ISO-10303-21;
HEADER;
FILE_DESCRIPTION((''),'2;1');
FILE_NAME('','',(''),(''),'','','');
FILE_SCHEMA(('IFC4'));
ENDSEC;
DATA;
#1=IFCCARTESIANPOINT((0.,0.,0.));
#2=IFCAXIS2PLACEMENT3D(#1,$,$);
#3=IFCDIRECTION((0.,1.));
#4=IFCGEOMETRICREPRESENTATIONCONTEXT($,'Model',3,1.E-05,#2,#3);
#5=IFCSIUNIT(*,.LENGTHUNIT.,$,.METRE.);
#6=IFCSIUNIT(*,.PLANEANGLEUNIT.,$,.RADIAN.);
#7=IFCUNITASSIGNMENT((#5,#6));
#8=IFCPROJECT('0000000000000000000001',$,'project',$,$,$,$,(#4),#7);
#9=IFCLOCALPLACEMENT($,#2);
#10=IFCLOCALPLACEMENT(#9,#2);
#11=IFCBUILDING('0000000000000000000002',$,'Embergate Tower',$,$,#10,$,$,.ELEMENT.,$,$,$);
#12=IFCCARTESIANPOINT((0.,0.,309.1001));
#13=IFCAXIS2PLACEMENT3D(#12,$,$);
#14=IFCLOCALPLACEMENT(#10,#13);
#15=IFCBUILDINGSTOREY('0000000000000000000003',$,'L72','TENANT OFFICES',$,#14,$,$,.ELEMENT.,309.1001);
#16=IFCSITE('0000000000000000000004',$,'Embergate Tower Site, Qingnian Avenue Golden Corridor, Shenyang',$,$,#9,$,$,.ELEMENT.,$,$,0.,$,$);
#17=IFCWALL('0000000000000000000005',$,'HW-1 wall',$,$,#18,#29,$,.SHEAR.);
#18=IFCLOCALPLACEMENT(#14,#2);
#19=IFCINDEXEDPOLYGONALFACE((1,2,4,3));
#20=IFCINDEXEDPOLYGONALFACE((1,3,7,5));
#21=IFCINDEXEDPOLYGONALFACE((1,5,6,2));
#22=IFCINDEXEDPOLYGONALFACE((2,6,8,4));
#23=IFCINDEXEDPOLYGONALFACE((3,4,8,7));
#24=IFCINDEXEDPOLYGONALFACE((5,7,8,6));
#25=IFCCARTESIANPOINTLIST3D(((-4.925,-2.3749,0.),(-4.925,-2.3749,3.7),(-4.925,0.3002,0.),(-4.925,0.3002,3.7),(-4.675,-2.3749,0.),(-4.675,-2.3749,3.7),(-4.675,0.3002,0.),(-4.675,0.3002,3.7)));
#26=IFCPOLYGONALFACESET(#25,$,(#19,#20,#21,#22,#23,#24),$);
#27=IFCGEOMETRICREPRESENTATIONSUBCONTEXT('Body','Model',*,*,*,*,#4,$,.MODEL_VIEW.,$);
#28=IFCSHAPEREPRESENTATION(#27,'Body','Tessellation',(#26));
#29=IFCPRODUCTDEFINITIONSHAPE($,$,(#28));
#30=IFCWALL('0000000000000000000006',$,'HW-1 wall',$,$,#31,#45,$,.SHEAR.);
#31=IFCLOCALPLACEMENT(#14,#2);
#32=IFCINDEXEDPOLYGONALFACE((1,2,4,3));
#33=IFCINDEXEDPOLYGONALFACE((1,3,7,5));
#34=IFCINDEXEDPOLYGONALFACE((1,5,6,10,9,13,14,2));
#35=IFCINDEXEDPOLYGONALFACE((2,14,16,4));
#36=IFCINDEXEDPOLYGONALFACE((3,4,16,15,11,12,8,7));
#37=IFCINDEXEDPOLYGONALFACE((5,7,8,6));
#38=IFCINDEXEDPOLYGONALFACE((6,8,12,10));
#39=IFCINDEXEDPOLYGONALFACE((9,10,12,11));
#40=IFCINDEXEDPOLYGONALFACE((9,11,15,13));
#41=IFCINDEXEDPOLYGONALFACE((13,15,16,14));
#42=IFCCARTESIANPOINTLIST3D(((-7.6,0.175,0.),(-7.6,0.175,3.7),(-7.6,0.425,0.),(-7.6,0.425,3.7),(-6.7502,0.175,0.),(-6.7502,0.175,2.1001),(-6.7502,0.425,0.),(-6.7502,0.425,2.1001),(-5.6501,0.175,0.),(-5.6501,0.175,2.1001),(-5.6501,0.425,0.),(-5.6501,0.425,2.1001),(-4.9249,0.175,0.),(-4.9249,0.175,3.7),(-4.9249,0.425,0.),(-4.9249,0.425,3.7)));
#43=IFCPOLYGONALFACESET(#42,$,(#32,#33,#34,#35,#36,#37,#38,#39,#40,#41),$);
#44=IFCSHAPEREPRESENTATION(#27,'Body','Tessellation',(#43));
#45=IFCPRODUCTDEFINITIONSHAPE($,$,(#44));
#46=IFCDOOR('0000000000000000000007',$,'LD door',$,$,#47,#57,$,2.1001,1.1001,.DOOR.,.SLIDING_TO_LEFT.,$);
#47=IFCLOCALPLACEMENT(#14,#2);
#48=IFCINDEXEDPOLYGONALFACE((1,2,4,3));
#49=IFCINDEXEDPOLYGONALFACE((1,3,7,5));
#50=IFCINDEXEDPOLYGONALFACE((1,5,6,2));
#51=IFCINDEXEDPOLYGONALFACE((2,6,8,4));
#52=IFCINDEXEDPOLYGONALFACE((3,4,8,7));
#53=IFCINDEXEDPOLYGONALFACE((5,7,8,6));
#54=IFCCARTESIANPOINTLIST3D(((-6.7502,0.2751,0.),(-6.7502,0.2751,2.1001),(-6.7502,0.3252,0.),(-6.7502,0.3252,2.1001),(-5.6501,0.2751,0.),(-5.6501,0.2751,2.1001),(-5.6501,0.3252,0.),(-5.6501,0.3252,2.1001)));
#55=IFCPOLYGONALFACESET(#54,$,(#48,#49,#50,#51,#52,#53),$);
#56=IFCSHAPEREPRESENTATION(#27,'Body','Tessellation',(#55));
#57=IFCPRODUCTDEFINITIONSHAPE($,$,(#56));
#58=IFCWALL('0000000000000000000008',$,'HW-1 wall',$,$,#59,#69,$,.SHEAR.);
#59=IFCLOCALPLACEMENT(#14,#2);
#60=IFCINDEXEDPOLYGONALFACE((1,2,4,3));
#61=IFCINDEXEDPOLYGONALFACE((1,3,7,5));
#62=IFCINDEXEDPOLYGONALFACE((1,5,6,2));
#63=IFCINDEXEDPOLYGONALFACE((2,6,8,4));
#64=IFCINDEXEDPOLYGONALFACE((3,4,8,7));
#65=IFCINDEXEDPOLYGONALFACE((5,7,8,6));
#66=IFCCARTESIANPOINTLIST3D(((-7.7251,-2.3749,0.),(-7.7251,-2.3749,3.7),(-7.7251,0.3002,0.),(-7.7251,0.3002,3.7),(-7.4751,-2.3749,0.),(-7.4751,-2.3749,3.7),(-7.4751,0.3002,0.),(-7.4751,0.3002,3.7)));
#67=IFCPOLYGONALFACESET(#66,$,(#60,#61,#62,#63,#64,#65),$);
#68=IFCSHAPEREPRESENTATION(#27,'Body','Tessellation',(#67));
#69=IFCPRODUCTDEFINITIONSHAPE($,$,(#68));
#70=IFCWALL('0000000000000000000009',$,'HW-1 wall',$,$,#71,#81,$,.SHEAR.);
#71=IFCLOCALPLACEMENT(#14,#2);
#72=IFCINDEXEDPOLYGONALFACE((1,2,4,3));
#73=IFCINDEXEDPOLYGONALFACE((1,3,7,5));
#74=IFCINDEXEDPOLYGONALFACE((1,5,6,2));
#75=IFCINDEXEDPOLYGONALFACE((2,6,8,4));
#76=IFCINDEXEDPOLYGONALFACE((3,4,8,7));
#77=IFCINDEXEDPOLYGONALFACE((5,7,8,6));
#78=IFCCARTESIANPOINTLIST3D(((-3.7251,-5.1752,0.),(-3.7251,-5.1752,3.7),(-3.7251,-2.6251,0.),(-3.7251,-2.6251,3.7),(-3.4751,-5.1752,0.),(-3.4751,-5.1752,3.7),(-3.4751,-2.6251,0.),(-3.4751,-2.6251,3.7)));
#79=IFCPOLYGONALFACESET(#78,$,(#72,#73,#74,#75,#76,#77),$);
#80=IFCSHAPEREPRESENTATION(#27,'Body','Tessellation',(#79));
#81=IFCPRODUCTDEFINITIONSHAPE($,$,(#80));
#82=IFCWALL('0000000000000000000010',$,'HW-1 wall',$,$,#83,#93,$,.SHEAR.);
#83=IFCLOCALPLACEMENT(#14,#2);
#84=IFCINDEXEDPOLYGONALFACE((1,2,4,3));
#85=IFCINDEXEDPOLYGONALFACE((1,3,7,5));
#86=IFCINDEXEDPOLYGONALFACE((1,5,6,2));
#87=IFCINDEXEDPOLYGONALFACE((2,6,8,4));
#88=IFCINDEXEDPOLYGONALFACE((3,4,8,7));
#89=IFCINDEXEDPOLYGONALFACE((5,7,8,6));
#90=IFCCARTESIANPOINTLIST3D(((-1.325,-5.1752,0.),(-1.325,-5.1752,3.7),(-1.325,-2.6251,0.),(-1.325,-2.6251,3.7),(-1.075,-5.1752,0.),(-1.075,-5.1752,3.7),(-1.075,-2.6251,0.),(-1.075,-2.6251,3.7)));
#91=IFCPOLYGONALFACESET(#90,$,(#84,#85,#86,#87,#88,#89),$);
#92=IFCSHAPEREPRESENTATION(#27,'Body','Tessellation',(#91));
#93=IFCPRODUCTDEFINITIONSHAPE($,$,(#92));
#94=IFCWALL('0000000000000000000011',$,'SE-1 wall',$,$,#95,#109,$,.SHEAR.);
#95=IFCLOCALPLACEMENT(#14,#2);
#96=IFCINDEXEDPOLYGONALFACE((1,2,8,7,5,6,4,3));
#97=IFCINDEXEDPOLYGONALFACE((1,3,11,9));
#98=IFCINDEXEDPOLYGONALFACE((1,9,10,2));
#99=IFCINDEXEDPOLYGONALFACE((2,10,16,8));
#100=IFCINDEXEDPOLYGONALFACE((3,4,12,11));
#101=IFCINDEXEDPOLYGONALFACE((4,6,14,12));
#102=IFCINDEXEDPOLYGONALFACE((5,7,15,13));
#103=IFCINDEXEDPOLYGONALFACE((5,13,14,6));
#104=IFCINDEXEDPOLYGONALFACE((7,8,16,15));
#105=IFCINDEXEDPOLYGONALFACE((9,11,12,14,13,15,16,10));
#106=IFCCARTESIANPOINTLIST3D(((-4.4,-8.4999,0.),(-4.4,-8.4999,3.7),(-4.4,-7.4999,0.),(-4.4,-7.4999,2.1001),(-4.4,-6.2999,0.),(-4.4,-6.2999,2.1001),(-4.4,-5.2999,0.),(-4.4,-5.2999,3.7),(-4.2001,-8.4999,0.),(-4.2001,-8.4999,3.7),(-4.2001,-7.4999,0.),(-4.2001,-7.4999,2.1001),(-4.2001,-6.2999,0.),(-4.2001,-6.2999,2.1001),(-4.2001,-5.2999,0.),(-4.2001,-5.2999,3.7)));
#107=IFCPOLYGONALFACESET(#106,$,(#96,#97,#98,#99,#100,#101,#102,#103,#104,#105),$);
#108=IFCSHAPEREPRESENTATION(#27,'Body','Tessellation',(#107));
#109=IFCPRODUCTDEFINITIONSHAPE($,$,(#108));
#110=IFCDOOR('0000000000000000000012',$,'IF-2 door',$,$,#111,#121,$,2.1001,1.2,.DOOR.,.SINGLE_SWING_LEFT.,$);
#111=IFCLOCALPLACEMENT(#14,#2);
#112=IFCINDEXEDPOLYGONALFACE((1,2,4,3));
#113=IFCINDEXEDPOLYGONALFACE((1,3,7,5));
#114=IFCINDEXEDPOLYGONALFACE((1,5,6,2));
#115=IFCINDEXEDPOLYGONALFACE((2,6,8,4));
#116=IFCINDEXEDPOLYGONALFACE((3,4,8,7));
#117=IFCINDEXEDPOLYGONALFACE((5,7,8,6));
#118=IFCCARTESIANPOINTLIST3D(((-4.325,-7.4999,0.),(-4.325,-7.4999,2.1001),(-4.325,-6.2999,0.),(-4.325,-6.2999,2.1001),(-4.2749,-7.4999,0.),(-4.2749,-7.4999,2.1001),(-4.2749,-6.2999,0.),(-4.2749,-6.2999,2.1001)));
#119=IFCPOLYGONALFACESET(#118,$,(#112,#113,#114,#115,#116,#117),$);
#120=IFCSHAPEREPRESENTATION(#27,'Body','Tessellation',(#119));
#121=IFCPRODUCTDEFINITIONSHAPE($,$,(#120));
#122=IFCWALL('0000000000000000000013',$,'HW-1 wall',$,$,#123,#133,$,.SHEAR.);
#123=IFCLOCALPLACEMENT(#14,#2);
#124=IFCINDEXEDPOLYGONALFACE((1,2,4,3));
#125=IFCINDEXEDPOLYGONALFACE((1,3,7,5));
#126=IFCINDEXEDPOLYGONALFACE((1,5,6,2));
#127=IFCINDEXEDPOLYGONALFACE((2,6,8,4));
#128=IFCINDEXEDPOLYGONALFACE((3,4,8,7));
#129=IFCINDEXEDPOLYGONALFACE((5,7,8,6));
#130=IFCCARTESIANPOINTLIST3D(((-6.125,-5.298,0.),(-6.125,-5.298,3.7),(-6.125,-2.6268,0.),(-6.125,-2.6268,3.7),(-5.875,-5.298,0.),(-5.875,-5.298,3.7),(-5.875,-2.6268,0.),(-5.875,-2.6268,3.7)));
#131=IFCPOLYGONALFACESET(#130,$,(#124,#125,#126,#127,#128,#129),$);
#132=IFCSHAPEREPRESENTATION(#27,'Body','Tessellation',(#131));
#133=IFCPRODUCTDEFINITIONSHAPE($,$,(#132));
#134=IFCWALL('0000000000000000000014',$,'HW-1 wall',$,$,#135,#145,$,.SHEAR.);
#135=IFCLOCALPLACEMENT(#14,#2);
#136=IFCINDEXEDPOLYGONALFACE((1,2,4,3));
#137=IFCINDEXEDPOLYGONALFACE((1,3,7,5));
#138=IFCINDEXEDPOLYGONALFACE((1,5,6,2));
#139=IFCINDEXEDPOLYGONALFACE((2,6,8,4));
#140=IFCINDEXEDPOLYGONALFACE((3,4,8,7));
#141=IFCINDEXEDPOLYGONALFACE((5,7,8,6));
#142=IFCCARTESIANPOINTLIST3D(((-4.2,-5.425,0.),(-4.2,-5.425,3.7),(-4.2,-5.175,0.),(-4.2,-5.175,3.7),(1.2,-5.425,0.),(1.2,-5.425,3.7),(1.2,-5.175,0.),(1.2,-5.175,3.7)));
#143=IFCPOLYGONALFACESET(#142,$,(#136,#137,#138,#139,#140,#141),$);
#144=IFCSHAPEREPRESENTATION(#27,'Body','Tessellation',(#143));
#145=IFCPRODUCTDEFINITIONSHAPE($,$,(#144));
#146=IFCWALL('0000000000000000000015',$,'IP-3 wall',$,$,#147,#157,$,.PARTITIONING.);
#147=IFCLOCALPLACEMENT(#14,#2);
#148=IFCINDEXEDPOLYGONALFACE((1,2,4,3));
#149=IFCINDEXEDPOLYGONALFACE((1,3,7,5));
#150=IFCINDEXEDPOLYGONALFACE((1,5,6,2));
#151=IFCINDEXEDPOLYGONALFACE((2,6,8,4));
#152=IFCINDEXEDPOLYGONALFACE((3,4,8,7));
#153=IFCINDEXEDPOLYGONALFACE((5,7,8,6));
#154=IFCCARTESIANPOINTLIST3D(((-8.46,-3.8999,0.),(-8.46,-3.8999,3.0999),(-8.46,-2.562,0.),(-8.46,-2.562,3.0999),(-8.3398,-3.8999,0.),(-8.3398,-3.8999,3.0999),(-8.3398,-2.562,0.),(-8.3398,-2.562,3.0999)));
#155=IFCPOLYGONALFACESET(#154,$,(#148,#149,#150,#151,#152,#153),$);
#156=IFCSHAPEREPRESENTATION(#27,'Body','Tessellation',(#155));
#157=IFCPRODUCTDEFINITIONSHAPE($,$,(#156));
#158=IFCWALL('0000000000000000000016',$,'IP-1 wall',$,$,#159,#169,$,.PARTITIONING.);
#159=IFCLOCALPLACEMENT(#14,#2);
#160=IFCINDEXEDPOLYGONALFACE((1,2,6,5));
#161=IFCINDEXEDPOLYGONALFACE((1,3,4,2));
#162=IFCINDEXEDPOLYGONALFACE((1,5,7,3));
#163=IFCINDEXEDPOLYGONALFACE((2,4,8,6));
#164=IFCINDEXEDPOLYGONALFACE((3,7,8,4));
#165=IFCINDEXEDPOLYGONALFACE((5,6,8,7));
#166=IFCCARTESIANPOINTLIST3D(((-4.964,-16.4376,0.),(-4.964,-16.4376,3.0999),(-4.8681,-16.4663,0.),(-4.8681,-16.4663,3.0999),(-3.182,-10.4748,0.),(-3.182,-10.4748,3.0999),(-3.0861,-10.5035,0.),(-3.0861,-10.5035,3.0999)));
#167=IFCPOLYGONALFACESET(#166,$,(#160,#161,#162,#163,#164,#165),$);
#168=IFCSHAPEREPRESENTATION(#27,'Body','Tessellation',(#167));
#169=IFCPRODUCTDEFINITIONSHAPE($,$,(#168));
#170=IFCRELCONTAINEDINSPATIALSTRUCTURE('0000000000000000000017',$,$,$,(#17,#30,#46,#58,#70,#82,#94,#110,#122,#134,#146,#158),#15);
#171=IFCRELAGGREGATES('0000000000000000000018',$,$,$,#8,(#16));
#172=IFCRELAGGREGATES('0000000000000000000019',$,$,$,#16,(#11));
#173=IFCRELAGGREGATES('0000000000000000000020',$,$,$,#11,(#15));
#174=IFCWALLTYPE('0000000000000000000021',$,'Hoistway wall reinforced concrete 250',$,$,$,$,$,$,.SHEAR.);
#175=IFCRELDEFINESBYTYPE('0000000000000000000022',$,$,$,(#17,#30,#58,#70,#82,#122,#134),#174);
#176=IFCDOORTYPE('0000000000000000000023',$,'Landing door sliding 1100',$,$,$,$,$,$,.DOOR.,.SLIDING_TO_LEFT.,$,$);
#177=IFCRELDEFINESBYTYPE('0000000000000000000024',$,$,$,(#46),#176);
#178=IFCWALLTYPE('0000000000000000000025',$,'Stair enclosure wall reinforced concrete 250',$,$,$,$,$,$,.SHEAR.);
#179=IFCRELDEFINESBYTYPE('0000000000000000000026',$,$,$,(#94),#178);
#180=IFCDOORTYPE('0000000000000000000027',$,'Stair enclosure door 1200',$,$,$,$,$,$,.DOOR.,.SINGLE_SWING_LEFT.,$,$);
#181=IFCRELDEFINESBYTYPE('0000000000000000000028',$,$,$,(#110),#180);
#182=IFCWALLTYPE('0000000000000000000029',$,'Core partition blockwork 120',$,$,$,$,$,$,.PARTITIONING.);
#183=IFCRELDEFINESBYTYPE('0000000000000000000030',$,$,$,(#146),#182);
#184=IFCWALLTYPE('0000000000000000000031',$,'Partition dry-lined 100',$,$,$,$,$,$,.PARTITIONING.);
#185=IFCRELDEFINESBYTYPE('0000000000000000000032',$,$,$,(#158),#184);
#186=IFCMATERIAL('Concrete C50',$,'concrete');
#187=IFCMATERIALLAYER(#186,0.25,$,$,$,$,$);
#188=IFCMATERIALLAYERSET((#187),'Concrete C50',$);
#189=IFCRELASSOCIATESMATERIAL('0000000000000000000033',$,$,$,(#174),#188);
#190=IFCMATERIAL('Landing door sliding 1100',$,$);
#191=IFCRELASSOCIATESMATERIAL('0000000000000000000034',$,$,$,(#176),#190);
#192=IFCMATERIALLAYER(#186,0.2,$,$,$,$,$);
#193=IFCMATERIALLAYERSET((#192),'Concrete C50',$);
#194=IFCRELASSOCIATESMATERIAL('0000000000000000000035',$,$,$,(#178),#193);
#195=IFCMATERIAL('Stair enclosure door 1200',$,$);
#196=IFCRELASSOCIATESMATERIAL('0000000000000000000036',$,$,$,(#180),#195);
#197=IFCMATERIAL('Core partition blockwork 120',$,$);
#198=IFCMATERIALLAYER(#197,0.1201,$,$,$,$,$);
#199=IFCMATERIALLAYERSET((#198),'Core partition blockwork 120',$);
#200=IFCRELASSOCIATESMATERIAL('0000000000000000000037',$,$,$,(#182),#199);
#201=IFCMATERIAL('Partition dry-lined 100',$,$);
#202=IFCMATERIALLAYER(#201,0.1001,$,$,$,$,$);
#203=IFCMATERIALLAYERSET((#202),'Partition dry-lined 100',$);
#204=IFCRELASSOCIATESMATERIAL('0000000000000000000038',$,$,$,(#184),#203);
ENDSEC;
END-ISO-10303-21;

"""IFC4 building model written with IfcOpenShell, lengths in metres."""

from ifc_helpers import new_model, si_unit, direction, frame, frame_2d, origin, place, context, subcontext, project, spatial, rectangle, extrude, source, transform, mapped, material, layer, layer_set, type_object, element, fill, save


model = new_model("IFC4")

# Units and contexts
model_context = context("Model", 3, precision=1e-05, world=origin(), true_north=direction((0.0, 1.0)))
body_context = subcontext(model_context, "Body", "Model", "MODEL_VIEW")
ifc_project = project(units=[si_unit("LENGTHUNIT", "METRE"), si_unit("PLANEANGLEUNIT", "RADIAN")], contexts=[model_context])

# Site, building, storey
site_placement = place(None, origin())
site = spatial("IfcSite", under=ifc_project, at=site_placement, Name="Embergate Tower Site, Qingnian Avenue Golden Corridor, Shenyang", CompositionType="ELEMENT", RefElevation=0.0)
building_placement = place(site_placement, origin())
building = spatial("IfcBuilding", under=site, at=building_placement, Name="Embergate Tower", CompositionType="ELEMENT")
storey_placement = place(building_placement, frame((0.0, 0.0, 309.1001)))
storey = spatial("IfcBuildingStorey", under=building, at=storey_placement, Name="L72", Description="TENANT OFFICES", CompositionType="ELEMENT", Elevation=309.1001)

# Wall
ifc_material_1 = material(Name="Concrete C50", Category="concrete")
ifc_layer_1 = layer(ifc_material_1, 0.25)
ifc_layer_set_1 = layer_set([ifc_layer_1], Name="Concrete C50")
wall_type_1 = type_object("IfcWallType", Name="Hoistway wall reinforced concrete 250", PredefinedType="SHEAR", material=ifc_layer_set_1)
shared_shape_1 = source(origin(), body_context, "Body", "SweptSolid", [
    extrude(rectangle(XDim=2.675, YDim=0.25, at=frame_2d((1.3374, 0.0))), origin(), (0.0, 0.0, 1.0), 3.7),
])
wall_1_placement = place(storey_placement, frame((-4.8, 0.3, 0.0), z_axis=(0.0, 0.0, 1.0), x_axis=(0.0, -1.0, 0.0)))
element("IfcWall", 1, at=wall_1_placement, inside=storey, type_object=wall_type_1, Name="HW-1 wall", PredefinedType="SHEAR", context=body_context, shape_type="MappedRepresentation", body=[
    mapped(shared_shape_1, transform((0.0, 0.0, 0.0))),
])

# Wall, opening, door
wall_2_placement = place(storey_placement, frame((-4.925, 0.3, 0.0), z_axis=(0.0, 0.0, 1.0), x_axis=(-1.0, 0.0, 0.0)))
wall_2 = element("IfcWall", 2, at=wall_2_placement, inside=storey, type_object=wall_type_1, Name="HW-1 wall", PredefinedType="SHEAR", context=body_context, shape_type="MappedRepresentation", body=[
    mapped(shared_shape_1, transform((0.0, 0.0, 0.0))),
])
shared_shape_2 = source(origin(), body_context, "Body", "SweptSolid", [
    extrude(rectangle(XDim=1.1001, YDim=2.1001, at=frame_2d((0.55, 1.05))), frame((0.0, 0.135, 0.0), z_axis=(0.0, -1.0, 0.0), x_axis=(1.0, 0.0, 0.0)), (0.0, 0.0, 1.0), 0.27),
])
opening_1_placement = place(wall_2_placement, frame((0.7251, 0.0, 0.0)))
opening_1 = element("IfcOpeningElement", 3, at=opening_1_placement, cuts=wall_2, PredefinedType="OPENING", context=body_context, shape_type="MappedRepresentation", body=[
    mapped(shared_shape_2, transform((0.0, 0.0, 0.0))),
])
ifc_material_2 = material(Name="Landing door sliding 1100")
door_type_1 = type_object("IfcDoorType", Name="Landing door sliding 1100", OperationType="SLIDING_TO_LEFT", PredefinedType="DOOR", material=ifc_material_2)
shared_shape_3 = source(origin(), body_context, "Body", "SweptSolid", [
    extrude(rectangle(XDim=1.1001, YDim=2.1001, at=frame_2d((0.55, 1.05))), frame((0.0, 0.0249, 0.0), z_axis=(0.0, -1.0, 0.0), x_axis=(1.0, 0.0, 0.0)), (0.0, 0.0, 1.0), 0.05),
])
door_1_placement = place(opening_1_placement, origin())
door_1 = element("IfcDoor", 4, at=door_1_placement, inside=storey, type_object=door_type_1, Name="LD door", OperationType="SLIDING_TO_LEFT", OverallHeight=2.1001, OverallWidth=1.1001, PredefinedType="DOOR", context=body_context, shape_type="MappedRepresentation", body=[
    mapped(shared_shape_3, transform((0.0, 0.0, 0.0))),
])
fill(opening_1, door_1)

# Walls
wall_3_placement = place(storey_placement, frame((-7.6001, 0.3, 0.0), z_axis=(0.0, 0.0, 1.0), x_axis=(0.0, -1.0, 0.0)))
element("IfcWall", 5, at=wall_3_placement, inside=storey, type_object=wall_type_1, Name="HW-1 wall", PredefinedType="SHEAR", context=body_context, shape_type="MappedRepresentation", body=[
    mapped(shared_shape_1, transform((0.0, 0.0, 0.0))),
])
shared_shape_4 = source(origin(), body_context, "Body", "SweptSolid", [
    extrude(rectangle(XDim=2.55, YDim=0.25, at=frame_2d((1.2749, 0.0))), origin(), (0.0, 0.0, 1.0), 3.7),
])
for number, where, z_axis, x_axis, name in (
    (6, (-3.6001, -5.175, 0.0), (0.0, 0.0, 1.0), (0.0, 1.0, 0.0), "HW-1 wall"),
    (7, (-1.2, -5.175, 0.0), (0.0, 0.0, 1.0), (0.0, 1.0, 0.0), "HW-1 wall"),
):
    element("IfcWall", number, at=place(storey_placement, frame(where, z_axis=z_axis, x_axis=x_axis)), inside=storey, type_object=wall_type_1, Name=name, PredefinedType="SHEAR", context=body_context, shape_type="MappedRepresentation", body=[
        mapped(shared_shape_4, transform((0.0, 0.0, 0.0))),
    ])

# Wall, opening, door
ifc_layer_2 = layer(ifc_material_1, 0.2)
ifc_layer_set_2 = layer_set([ifc_layer_2], Name="Concrete C50")
wall_type_2 = type_object("IfcWallType", Name="Stair enclosure wall reinforced concrete 250", PredefinedType="SHEAR", material=ifc_layer_set_2)
shared_shape_5 = source(origin(), body_context, "Body", "SweptSolid", [
    extrude(rectangle(XDim=3.2, YDim=0.2, at=frame_2d((1.6001, 0.0))), origin(), (0.0, 0.0, 1.0), 3.7),
])
wall_4_placement = place(storey_placement, frame((-4.3, -8.5, 0.0), z_axis=(0.0, 0.0, 1.0), x_axis=(0.0, 1.0, 0.0)))
wall_4 = element("IfcWall", 8, at=wall_4_placement, inside=storey, type_object=wall_type_2, Name="SE-1 wall", PredefinedType="SHEAR", context=body_context, shape_type="MappedRepresentation", body=[
    mapped(shared_shape_5, transform((0.0, 0.0, 0.0))),
])
shared_shape_6 = source(origin(), body_context, "Body", "SweptSolid", [
    extrude(rectangle(XDim=1.2, YDim=2.1001, at=frame_2d((0.6001, 1.05))), frame((0.0, 0.1099, 0.0), z_axis=(0.0, -1.0, 0.0), x_axis=(1.0, 0.0, 0.0)), (0.0, 0.0, 1.0), 0.22),
])
opening_2_placement = place(wall_4_placement, frame((1.0, 0.0, 0.0)))
opening_2 = element("IfcOpeningElement", 9, at=opening_2_placement, cuts=wall_4, PredefinedType="OPENING", context=body_context, shape_type="MappedRepresentation", body=[
    mapped(shared_shape_6, transform((0.0, 0.0, 0.0))),
])
ifc_material_3 = material(Name="Stair enclosure door 1200")
door_type_2 = type_object("IfcDoorType", Name="Stair enclosure door 1200", OperationType="SINGLE_SWING_LEFT", PredefinedType="DOOR", material=ifc_material_3)
shared_shape_7 = source(origin(), body_context, "Body", "SweptSolid", [
    extrude(rectangle(XDim=1.2, YDim=2.1001, at=frame_2d((0.6001, 1.05))), frame((0.0, 0.0249, 0.0), z_axis=(0.0, -1.0, 0.0), x_axis=(1.0, 0.0, 0.0)), (0.0, 0.0, 1.0), 0.05),
])
door_2_placement = place(opening_2_placement, origin())
door_2 = element("IfcDoor", 10, at=door_2_placement, inside=storey, type_object=door_type_2, Name="IF-2 door", OperationType="SINGLE_SWING_LEFT", OverallHeight=2.1001, OverallWidth=1.2, PredefinedType="DOOR", context=body_context, shape_type="MappedRepresentation", body=[
    mapped(shared_shape_7, transform((0.0, 0.0, 0.0))),
])
fill(opening_2, door_2)

# Walls
shared_shape_8 = source(origin(), body_context, "Body", "SweptSolid", [
    extrude(rectangle(XDim=2.6711, YDim=0.25, at=frame_2d((1.3354, 0.0))), origin(), (0.0, 0.0, 1.0), 3.7),
])
wall_5_placement = place(storey_placement, frame((-6.0, -2.627, 0.0), z_axis=(0.0, 0.0, 1.0), x_axis=(0.0, -1.0, 0.0)))
element("IfcWall", 11, at=wall_5_placement, inside=storey, type_object=wall_type_1, Name="HW-1 wall", PredefinedType="SHEAR", context=body_context, shape_type="MappedRepresentation", body=[
    mapped(shared_shape_8, transform((0.0, 0.0, 0.0))),
])
shared_shape_9 = source(origin(), body_context, "Body", "SweptSolid", [
    extrude(rectangle(XDim=5.3999, YDim=0.25, at=frame_2d((2.7, 0.0))), origin(), (0.0, 0.0, 1.0), 3.7),
])
wall_6_placement = place(storey_placement, frame((-4.2, -5.3, 0.0), z_axis=(0.0, 0.0, 1.0), x_axis=(1.0, 0.0, 0.0)))
element("IfcWall", 12, at=wall_6_placement, inside=storey, type_object=wall_type_1, Name="HW-1 wall", PredefinedType="SHEAR", context=body_context, shape_type="MappedRepresentation", body=[
    mapped(shared_shape_9, transform((0.0, 0.0, 0.0))),
])
ifc_material_4 = material(Name="Core partition blockwork 120")
ifc_layer_3 = layer(ifc_material_4, 0.1201)
ifc_layer_set_3 = layer_set([ifc_layer_3], Name="Core partition blockwork 120")
wall_type_3 = type_object("IfcWallType", Name="Core partition blockwork 120", PredefinedType="PARTITIONING", material=ifc_layer_set_3)
shared_shape_10 = source(origin(), body_context, "Body", "SweptSolid", [
    extrude(rectangle(XDim=1.3379, YDim=0.1201, at=frame_2d((0.6689, 0.0))), origin(), (0.0, 0.0, 1.0), 3.0999),
])
wall_7_placement = place(storey_placement, frame((-8.3999, -3.8999, 0.0), z_axis=(0.0, 0.0, 1.0), x_axis=(0.0, 1.0, 0.0)))
element("IfcWall", 13, at=wall_7_placement, inside=storey, type_object=wall_type_3, Name="IP-3 wall", PredefinedType="PARTITIONING", context=body_context, shape_type="MappedRepresentation", body=[
    mapped(shared_shape_10, transform((0.0, 0.0, 0.0))),
])
ifc_material_5 = material(Name="Partition dry-lined 100")
ifc_layer_4 = layer(ifc_material_5, 0.1001)
ifc_layer_set_4 = layer_set([ifc_layer_4], Name="Partition dry-lined 100")
wall_type_4 = type_object("IfcWallType", Name="Partition dry-lined 100", PredefinedType="PARTITIONING", material=ifc_layer_set_4)
shared_shape_11 = source(origin(), body_context, "Body", "SweptSolid", [
    extrude(rectangle(XDim=6.2234, YDim=0.1001, at=frame_2d((3.1118, 0.0))), origin(), (0.0, 0.0, 1.0), 3.0999),
])
wall_8_placement = place(storey_placement, frame((-3.134, -10.489, 0.0), z_axis=(0.0, 0.0, 1.0), x_axis=(-0.286333, -0.95813, 0.0)))
element("IfcWall", 14, at=wall_8_placement, inside=storey, type_object=wall_type_4, Name="IP-1 wall", PredefinedType="PARTITIONING", context=body_context, shape_type="MappedRepresentation", body=[
    mapped(shared_shape_11, transform((0.0, 0.0, 0.0))),
])

save(model, "model.ifc")
